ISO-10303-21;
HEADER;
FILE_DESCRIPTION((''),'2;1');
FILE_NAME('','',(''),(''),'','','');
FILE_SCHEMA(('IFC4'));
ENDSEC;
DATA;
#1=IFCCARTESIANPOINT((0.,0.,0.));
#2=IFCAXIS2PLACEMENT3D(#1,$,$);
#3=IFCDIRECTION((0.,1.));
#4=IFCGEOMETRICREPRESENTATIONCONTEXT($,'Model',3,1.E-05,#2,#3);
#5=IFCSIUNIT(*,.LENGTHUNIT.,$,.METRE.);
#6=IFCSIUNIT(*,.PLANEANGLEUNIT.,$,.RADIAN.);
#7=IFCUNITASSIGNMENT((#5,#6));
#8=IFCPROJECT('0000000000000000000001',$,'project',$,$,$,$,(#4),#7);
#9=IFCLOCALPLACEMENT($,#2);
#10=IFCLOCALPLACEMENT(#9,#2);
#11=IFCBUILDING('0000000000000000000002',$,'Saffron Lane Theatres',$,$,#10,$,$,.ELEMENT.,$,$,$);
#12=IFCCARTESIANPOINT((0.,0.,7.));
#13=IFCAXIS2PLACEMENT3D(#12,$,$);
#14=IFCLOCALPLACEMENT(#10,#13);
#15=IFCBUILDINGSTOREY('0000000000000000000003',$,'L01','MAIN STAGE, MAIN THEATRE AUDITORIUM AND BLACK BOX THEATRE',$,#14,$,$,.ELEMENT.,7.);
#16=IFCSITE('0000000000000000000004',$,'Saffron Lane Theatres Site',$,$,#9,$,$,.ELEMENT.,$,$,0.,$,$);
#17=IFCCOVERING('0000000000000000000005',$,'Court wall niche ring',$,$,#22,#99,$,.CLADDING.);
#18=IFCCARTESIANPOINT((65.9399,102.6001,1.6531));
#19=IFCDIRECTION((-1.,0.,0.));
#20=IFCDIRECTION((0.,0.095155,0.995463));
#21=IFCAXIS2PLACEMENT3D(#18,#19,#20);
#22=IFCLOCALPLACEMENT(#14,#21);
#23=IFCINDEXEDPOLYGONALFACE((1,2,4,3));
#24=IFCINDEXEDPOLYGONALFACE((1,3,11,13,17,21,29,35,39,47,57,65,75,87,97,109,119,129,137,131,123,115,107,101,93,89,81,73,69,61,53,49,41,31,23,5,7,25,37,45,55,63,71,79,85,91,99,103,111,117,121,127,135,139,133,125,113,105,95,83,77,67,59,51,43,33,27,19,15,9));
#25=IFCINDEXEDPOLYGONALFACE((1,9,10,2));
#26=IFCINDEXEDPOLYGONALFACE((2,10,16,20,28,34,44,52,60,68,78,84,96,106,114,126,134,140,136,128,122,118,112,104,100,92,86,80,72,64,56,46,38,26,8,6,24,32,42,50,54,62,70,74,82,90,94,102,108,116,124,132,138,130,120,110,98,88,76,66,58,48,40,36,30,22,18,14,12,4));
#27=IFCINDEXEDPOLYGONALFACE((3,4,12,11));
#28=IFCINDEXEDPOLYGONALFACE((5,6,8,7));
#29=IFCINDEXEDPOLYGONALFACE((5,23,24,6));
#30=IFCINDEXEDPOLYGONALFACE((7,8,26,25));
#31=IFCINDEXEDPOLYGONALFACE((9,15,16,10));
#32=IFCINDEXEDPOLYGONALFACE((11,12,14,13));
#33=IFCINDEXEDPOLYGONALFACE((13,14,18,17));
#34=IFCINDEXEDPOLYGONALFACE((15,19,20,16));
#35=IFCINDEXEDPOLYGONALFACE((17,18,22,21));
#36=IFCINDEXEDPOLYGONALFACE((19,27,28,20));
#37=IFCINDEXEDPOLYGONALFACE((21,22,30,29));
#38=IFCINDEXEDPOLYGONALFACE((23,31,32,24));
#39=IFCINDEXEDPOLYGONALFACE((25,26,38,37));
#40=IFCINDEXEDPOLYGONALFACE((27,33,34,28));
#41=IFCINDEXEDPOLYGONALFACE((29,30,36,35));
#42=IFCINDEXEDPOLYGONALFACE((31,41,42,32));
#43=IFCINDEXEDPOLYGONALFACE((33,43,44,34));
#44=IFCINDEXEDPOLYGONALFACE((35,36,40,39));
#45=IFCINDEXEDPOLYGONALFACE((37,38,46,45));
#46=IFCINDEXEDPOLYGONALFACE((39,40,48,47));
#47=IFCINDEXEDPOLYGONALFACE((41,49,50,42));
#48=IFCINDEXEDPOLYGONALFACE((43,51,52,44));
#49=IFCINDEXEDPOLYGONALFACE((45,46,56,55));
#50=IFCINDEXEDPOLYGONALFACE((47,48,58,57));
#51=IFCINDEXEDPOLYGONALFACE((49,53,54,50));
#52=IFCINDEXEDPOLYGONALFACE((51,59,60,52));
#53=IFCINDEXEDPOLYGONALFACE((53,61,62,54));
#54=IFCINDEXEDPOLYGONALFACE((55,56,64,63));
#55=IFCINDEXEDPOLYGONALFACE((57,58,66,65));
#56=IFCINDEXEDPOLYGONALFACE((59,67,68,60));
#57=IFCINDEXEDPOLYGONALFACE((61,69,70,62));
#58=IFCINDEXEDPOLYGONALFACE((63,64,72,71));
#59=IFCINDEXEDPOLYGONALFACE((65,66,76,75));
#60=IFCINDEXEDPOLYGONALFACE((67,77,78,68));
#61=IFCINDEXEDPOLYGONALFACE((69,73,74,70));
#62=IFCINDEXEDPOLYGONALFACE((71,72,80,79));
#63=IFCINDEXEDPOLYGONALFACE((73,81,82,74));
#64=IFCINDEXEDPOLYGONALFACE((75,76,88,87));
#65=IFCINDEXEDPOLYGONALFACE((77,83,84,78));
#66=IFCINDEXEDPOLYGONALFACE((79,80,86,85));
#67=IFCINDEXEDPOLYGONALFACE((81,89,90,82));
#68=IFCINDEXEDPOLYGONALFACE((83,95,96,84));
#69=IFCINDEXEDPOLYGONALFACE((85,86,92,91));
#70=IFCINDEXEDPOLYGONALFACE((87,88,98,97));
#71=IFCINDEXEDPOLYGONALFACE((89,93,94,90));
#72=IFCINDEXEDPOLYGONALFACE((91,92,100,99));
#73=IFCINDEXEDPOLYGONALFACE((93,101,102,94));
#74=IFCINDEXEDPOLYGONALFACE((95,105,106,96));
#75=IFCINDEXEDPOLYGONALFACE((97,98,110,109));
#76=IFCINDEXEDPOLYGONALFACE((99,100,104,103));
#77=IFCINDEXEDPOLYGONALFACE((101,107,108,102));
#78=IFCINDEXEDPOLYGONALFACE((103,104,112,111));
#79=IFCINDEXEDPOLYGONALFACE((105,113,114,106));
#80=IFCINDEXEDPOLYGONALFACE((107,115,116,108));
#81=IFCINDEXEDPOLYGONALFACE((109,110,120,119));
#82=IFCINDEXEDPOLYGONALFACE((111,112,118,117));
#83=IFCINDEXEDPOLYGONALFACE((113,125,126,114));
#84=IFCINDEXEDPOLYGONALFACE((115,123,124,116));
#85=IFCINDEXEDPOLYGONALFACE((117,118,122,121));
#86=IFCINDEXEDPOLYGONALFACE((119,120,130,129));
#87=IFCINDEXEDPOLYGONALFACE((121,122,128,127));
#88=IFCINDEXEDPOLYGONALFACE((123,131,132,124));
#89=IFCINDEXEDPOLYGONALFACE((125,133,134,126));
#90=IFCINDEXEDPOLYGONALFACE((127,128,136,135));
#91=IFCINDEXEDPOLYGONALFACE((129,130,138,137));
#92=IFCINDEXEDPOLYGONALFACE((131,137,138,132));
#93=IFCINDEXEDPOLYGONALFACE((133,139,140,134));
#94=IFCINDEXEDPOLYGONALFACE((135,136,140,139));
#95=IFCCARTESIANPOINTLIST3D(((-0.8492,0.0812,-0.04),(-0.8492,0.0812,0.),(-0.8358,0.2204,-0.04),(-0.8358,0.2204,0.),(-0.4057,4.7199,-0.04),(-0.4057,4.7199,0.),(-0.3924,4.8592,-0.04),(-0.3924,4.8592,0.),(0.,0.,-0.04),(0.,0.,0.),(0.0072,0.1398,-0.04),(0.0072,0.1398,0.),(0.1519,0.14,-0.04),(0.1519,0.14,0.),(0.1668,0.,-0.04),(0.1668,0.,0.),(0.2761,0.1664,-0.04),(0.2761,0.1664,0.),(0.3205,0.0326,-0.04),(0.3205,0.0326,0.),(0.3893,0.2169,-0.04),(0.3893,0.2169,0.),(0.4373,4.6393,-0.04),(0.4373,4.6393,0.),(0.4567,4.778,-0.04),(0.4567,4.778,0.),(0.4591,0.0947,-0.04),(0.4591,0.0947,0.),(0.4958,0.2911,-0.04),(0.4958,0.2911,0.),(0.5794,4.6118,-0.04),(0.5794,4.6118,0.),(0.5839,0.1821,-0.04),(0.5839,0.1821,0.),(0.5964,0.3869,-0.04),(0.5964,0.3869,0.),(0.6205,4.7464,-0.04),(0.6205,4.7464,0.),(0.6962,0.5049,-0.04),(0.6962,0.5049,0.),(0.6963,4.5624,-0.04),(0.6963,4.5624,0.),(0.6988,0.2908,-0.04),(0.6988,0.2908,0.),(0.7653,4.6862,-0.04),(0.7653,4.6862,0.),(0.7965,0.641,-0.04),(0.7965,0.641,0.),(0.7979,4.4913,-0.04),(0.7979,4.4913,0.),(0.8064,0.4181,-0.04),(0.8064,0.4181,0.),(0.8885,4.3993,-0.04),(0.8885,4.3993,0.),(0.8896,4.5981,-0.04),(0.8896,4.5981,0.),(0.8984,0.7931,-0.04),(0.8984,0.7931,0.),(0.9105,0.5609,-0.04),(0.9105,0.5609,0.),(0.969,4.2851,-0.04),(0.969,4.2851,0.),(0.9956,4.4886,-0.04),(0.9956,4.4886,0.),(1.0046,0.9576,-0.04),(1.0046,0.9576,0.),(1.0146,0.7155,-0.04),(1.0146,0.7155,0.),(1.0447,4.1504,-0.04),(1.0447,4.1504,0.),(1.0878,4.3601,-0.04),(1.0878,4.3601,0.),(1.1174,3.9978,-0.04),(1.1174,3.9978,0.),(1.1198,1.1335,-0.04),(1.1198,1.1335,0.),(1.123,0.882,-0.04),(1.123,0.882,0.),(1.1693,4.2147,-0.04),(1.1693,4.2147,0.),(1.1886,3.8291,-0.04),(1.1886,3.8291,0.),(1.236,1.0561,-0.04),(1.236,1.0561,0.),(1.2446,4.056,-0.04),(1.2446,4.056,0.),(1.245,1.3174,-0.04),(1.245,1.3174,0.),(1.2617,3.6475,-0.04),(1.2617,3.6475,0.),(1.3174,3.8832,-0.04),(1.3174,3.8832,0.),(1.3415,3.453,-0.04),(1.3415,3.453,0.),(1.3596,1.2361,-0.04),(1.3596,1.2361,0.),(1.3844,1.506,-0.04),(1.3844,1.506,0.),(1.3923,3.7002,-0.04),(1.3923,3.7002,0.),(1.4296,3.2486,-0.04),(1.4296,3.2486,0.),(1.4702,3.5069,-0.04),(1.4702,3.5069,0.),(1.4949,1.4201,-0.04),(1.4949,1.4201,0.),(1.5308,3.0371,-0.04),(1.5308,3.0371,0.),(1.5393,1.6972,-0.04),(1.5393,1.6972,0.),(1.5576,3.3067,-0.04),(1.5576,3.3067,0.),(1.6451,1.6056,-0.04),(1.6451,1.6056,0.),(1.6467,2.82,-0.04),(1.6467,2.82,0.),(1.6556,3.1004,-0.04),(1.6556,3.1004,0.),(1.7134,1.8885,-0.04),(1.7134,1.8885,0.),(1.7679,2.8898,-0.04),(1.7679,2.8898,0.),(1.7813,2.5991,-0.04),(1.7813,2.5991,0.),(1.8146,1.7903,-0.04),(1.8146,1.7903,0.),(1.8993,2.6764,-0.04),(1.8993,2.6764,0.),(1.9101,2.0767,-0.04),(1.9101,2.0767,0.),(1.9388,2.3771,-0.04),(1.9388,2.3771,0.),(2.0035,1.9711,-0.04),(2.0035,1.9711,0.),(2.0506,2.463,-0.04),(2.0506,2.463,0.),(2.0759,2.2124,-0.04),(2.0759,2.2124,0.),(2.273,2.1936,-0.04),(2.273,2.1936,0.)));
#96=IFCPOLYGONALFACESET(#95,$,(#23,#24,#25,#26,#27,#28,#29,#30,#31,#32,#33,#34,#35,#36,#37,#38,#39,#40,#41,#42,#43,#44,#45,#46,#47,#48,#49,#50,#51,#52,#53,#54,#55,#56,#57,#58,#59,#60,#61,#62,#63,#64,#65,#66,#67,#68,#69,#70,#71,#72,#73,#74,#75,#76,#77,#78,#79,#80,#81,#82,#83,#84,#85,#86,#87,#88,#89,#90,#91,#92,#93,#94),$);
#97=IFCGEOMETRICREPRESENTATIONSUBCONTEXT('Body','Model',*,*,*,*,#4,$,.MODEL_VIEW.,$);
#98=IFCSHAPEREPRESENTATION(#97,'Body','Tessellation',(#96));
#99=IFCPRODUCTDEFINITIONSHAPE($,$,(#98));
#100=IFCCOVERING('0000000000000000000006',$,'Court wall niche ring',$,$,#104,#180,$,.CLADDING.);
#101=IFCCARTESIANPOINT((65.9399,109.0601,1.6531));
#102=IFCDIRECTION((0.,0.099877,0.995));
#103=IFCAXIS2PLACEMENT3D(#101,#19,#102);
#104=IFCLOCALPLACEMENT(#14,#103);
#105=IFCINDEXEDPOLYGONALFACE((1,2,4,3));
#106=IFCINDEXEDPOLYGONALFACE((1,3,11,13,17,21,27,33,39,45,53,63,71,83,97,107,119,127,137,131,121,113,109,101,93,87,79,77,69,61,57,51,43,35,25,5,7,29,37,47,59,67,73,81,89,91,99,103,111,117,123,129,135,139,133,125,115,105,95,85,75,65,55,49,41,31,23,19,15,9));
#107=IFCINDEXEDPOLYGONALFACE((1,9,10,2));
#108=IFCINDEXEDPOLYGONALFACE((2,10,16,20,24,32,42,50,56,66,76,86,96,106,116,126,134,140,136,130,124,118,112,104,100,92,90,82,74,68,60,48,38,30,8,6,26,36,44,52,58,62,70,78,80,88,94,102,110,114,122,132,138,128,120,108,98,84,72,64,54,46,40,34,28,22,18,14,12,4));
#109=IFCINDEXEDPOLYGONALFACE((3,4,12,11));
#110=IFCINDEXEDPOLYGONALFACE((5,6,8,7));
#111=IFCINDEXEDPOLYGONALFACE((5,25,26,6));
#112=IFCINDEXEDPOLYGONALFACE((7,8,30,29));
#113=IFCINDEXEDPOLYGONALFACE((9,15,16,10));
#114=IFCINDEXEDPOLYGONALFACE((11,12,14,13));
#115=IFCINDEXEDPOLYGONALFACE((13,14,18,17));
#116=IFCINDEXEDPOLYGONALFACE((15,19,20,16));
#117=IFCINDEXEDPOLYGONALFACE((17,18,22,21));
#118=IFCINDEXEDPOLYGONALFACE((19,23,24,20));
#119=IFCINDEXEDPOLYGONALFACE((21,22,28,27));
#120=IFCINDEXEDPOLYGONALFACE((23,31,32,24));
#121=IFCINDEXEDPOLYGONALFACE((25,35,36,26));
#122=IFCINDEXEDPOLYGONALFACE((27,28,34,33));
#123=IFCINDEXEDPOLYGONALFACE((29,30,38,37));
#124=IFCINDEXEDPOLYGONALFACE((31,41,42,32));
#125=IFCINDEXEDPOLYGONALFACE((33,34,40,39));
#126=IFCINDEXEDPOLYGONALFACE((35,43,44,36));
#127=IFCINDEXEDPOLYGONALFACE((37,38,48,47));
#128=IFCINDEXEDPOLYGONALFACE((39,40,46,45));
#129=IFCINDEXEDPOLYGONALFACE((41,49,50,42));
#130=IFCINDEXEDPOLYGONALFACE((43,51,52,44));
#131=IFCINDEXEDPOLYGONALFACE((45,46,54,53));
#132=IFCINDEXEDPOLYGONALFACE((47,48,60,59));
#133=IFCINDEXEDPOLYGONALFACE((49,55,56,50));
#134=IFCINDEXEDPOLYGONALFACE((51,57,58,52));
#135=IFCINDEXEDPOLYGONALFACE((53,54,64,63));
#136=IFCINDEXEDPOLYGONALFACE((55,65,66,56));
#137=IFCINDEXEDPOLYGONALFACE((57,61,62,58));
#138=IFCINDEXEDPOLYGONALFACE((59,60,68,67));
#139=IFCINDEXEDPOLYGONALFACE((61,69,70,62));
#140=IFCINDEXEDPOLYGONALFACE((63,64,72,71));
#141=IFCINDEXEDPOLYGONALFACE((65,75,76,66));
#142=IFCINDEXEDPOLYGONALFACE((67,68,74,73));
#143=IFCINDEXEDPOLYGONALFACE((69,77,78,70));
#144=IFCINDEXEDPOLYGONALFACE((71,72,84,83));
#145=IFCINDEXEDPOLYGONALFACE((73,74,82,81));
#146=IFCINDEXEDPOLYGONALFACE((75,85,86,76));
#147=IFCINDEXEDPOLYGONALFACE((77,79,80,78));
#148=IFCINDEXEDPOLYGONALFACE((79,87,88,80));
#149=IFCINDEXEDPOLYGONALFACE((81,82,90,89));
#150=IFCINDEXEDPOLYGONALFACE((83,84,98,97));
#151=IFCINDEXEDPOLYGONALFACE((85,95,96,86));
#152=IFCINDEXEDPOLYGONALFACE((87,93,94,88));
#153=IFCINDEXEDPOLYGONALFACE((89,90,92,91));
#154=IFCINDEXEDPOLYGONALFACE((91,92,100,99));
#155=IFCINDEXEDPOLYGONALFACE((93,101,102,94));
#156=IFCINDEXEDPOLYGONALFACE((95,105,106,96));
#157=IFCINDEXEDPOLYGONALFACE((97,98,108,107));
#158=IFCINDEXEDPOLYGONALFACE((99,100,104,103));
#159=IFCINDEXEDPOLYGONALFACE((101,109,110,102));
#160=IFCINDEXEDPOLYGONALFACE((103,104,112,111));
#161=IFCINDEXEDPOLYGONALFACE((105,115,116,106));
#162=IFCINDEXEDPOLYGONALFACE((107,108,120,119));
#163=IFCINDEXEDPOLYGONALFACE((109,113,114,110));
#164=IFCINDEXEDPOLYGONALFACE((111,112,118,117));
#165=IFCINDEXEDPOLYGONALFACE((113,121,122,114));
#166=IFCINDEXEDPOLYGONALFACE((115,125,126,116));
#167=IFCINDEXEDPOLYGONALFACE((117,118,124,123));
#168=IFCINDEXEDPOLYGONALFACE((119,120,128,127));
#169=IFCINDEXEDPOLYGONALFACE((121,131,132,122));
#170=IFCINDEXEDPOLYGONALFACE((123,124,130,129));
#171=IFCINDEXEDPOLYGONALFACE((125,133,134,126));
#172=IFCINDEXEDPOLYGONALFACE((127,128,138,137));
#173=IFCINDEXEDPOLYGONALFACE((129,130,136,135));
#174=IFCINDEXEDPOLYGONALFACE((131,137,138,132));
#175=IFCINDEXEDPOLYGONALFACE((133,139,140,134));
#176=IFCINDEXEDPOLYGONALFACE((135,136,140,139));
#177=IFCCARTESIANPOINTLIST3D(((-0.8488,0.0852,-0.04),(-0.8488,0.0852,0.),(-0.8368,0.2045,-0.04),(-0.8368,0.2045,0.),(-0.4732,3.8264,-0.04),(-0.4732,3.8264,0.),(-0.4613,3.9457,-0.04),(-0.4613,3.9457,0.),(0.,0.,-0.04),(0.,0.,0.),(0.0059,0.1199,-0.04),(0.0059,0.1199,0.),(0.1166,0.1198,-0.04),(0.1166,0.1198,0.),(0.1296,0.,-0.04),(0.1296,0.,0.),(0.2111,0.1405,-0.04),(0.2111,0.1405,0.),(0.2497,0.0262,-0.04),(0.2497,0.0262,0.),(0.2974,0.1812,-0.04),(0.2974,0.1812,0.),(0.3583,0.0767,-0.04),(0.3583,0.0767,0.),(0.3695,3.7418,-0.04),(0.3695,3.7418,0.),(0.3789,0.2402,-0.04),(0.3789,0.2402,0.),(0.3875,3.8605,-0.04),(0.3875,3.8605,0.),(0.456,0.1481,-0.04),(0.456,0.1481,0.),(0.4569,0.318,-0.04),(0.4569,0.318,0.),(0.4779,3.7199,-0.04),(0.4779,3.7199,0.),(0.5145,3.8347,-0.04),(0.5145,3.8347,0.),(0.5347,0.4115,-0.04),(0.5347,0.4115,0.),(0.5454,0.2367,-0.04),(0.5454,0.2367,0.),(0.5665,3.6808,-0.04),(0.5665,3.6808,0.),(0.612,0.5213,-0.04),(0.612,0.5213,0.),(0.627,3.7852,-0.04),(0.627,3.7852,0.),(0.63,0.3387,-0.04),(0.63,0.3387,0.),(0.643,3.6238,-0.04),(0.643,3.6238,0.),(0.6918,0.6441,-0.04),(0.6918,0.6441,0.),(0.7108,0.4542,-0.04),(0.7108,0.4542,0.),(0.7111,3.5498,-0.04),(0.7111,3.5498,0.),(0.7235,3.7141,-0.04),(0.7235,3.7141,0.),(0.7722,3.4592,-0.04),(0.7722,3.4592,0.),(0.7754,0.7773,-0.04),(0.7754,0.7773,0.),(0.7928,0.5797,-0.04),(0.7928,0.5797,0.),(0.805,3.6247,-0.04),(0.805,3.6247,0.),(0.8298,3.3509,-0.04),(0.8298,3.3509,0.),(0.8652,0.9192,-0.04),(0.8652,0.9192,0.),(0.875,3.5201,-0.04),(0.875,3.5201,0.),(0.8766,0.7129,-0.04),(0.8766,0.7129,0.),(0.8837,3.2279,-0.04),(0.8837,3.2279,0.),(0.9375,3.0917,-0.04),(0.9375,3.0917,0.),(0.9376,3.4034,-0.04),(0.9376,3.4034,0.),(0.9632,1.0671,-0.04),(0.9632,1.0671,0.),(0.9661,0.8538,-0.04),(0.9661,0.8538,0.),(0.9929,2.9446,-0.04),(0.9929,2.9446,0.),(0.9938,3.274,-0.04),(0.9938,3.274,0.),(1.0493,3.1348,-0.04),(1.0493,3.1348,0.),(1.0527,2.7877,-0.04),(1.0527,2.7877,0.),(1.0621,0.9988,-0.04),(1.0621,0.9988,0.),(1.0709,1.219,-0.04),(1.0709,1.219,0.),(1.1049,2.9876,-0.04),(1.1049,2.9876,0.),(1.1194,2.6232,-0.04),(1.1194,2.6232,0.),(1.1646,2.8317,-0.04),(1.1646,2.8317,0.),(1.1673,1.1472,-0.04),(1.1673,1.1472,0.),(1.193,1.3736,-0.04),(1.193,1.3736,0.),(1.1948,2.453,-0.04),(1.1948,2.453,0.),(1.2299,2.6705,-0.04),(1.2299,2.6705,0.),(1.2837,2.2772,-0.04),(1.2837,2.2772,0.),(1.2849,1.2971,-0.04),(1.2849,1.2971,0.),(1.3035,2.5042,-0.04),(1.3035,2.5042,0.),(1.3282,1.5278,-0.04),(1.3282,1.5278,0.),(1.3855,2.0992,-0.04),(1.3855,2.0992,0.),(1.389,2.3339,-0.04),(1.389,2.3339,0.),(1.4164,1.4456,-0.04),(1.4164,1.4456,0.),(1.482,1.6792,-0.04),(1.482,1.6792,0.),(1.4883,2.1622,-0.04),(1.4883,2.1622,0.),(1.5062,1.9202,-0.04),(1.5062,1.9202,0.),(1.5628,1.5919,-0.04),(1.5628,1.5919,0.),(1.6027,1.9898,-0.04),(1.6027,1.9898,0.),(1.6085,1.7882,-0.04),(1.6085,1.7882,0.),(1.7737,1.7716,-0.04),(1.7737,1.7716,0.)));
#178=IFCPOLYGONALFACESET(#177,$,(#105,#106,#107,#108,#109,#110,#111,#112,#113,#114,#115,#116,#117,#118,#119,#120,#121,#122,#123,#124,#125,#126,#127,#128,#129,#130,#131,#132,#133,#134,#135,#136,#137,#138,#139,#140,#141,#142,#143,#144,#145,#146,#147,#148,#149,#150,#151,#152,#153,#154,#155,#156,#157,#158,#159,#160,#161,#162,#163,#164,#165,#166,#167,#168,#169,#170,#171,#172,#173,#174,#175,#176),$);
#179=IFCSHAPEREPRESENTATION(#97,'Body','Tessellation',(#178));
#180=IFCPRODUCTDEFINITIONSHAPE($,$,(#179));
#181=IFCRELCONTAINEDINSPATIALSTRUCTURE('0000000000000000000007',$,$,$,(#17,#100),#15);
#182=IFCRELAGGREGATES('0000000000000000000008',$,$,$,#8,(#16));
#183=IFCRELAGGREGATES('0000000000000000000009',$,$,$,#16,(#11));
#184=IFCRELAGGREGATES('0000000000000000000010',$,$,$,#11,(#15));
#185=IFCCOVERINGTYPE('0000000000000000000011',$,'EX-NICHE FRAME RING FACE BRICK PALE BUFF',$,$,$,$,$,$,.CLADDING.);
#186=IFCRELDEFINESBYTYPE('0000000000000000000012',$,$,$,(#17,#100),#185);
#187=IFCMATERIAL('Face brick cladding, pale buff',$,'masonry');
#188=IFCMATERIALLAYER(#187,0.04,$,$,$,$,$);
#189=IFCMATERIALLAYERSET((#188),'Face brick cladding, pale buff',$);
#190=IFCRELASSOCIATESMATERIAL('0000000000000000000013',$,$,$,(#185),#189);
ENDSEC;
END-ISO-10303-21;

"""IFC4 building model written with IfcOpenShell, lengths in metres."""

from ifc_helpers import new_model, si_unit, direction, frame, origin, place, context, subcontext, project, spatial, polyline, outline, extrude, material, layer, layer_set, type_object, element, save


model = new_model("IFC4")

# Units and contexts
model_context = context("Model", 3, precision=1e-05, world=origin(), true_north=direction((0.0, 1.0)))
body_context = subcontext(model_context, "Body", "Model", "MODEL_VIEW")
ifc_project = project(units=[si_unit("LENGTHUNIT", "METRE"), si_unit("PLANEANGLEUNIT", "RADIAN")], contexts=[model_context])

# Site, building, storey
site_placement = place(None, origin())
site = spatial("IfcSite", under=ifc_project, at=site_placement, Name="Saffron Lane Theatres Site", CompositionType="ELEMENT", RefElevation=0.0)
building_placement = place(site_placement, origin())
building = spatial("IfcBuilding", under=site, at=building_placement, Name="Saffron Lane Theatres", CompositionType="ELEMENT")
storey_placement = place(building_placement, frame((0.0, 0.0, 7.0)))
storey = spatial("IfcBuildingStorey", under=building, at=storey_placement, Name="L01", Description="MAIN STAGE, MAIN THEATRE AUDITORIUM AND BLACK BOX THEATRE", CompositionType="ELEMENT", Elevation=7.0)

# Coverings
ifc_material_1 = material(Name="Face brick cladding, pale buff", Category="masonry")
ifc_layer_1 = layer(ifc_material_1, 0.04)
ifc_layer_set_1 = layer_set([ifc_layer_1], Name="Face brick cladding, pale buff")
covering_type_1 = type_object("IfcCoveringType", Name="EX-NICHE FRAME RING FACE BRICK PALE BUFF", PredefinedType="CLADDING", material=ifc_layer_set_1)
covering_1_placement = place(storey_placement, frame((65.9399, 102.6001, 1.6531), z_axis=(-1.0, 0.0, 0.0), x_axis=(0.0, 0.095155, 0.995463)))
element("IfcCovering", 1, at=covering_1_placement, inside=storey, type_object=covering_type_1, Name="Court wall niche ring", PredefinedType="CLADDING", context=body_context, shape_type="SweptSolid", body=[
    extrude(outline(polyline([(0.0, 0.0), (0.1668, 0.0), (0.3205, 0.0326), (0.4591, 0.0947), (0.5839, 0.1821), (0.6988, 0.2908), (0.8064, 0.4181), (0.9105, 0.5609), (1.0146, 0.7155), (1.123, 0.882), (1.236, 1.0561), (1.3596, 1.2361), (1.4949, 1.4201), (1.6451, 1.6056), (1.8146, 1.7903), (2.0035, 1.9711), (2.273, 2.1936), (2.0506, 2.463), (1.8993, 2.6764), (1.7679, 2.8898), (1.6556, 3.1004), (1.5576, 3.3067), (1.4702, 3.5069), (1.3923, 3.7002), (1.3174, 3.8832), (1.2446, 4.056), (1.1693, 4.2147), (1.0878, 4.3601), (0.9956, 4.4886), (0.8896, 4.5981), (0.7653, 4.6862), (0.6205, 4.7464), (0.4567, 4.778), (-0.3924, 4.8592), (-0.4057, 4.7199), (0.4373, 4.6393), (0.5794, 4.6118), (0.6963, 4.5624), (0.7979, 4.4913), (0.8885, 4.3993), (0.969, 4.2851), (1.0447, 4.1504), (1.1174, 3.9978), (1.1886, 3.8291), (1.2617, 3.6475), (1.3415, 3.453), (1.4296, 3.2486), (1.5308, 3.0371), (1.6467, 2.82), (1.7813, 2.5991), (1.9388, 2.3771), (2.0759, 2.2124), (1.9101, 2.0767), (1.7134, 1.8885), (1.5393, 1.6972), (1.3844, 1.506), (1.245, 1.3174), (1.1198, 1.1335), (1.0046, 0.9576), (0.8984, 0.7931), (0.7965, 0.641), (0.6962, 0.5049), (0.5964, 0.3869), (0.4958, 0.2911), (0.3893, 0.2169), (0.2761, 0.1664), (0.1519, 0.14), (0.0072, 0.1398), (-0.8358, 0.2204), (-0.8492, 0.0812), (0.0, 0.0)])), origin(), (0.0, 0.0, -1.0), 0.04),
])
covering_2_placement = place(storey_placement, frame((65.9399, 109.0601, 1.6531), z_axis=(-1.0, 0.0, 0.0), x_axis=(0.0, 0.099877, 0.995)))
element("IfcCovering", 2, at=covering_2_placement, inside=storey, type_object=covering_type_1, Name="Court wall niche ring", PredefinedType="CLADDING", context=body_context, shape_type="SweptSolid", body=[
    extrude(outline(polyline([(0.0, 0.0), (0.1296, 0.0), (0.2497, 0.0262), (0.3583, 0.0767), (0.456, 0.1481), (0.5454, 0.2367), (0.63, 0.3387), (0.7108, 0.4542), (0.7928, 0.5797), (0.8766, 0.7129), (0.9661, 0.8538), (1.0621, 0.9988), (1.1673, 1.1472), (1.2849, 1.2971), (1.4164, 1.4456), (1.5628, 1.5919), (1.7737, 1.7716), (1.6027, 1.9898), (1.4883, 2.1622), (1.389, 2.3339), (1.3035, 2.5042), (1.2299, 2.6705), (1.1646, 2.8317), (1.1049, 2.9876), (1.0493, 3.1348), (0.9938, 3.274), (0.9376, 3.4034), (0.875, 3.5201), (0.805, 3.6247), (0.7235, 3.7141), (0.627, 3.7852), (0.5145, 3.8347), (0.3875, 3.8605), (-0.4613, 3.9457), (-0.4732, 3.8264), (0.3695, 3.7418), (0.4779, 3.7199), (0.5665, 3.6808), (0.643, 3.6238), (0.7111, 3.5498), (0.7722, 3.4592), (0.8298, 3.3509), (0.8837, 3.2279), (0.9375, 3.0917), (0.9929, 2.9446), (1.0527, 2.7877), (1.1194, 2.6232), (1.1948, 2.453), (1.2837, 2.2772), (1.3855, 2.0992), (1.5062, 1.9202), (1.6085, 1.7882), (1.482, 1.6792), (1.3282, 1.5278), (1.193, 1.3736), (1.0709, 1.219), (0.9632, 1.0671), (0.8652, 0.9192), (0.7754, 0.7773), (0.6918, 0.6441), (0.612, 0.5213), (0.5347, 0.4115), (0.4569, 0.318), (0.3789, 0.2402), (0.2974, 0.1812), (0.2111, 0.1405), (0.1166, 0.1198), (0.0059, 0.1199), (-0.8368, 0.2045), (-0.8488, 0.0852), (0.0, 0.0)])), origin(), (0.0, 0.0, -1.0), 0.04),
])

save(model, "model.ifc")
